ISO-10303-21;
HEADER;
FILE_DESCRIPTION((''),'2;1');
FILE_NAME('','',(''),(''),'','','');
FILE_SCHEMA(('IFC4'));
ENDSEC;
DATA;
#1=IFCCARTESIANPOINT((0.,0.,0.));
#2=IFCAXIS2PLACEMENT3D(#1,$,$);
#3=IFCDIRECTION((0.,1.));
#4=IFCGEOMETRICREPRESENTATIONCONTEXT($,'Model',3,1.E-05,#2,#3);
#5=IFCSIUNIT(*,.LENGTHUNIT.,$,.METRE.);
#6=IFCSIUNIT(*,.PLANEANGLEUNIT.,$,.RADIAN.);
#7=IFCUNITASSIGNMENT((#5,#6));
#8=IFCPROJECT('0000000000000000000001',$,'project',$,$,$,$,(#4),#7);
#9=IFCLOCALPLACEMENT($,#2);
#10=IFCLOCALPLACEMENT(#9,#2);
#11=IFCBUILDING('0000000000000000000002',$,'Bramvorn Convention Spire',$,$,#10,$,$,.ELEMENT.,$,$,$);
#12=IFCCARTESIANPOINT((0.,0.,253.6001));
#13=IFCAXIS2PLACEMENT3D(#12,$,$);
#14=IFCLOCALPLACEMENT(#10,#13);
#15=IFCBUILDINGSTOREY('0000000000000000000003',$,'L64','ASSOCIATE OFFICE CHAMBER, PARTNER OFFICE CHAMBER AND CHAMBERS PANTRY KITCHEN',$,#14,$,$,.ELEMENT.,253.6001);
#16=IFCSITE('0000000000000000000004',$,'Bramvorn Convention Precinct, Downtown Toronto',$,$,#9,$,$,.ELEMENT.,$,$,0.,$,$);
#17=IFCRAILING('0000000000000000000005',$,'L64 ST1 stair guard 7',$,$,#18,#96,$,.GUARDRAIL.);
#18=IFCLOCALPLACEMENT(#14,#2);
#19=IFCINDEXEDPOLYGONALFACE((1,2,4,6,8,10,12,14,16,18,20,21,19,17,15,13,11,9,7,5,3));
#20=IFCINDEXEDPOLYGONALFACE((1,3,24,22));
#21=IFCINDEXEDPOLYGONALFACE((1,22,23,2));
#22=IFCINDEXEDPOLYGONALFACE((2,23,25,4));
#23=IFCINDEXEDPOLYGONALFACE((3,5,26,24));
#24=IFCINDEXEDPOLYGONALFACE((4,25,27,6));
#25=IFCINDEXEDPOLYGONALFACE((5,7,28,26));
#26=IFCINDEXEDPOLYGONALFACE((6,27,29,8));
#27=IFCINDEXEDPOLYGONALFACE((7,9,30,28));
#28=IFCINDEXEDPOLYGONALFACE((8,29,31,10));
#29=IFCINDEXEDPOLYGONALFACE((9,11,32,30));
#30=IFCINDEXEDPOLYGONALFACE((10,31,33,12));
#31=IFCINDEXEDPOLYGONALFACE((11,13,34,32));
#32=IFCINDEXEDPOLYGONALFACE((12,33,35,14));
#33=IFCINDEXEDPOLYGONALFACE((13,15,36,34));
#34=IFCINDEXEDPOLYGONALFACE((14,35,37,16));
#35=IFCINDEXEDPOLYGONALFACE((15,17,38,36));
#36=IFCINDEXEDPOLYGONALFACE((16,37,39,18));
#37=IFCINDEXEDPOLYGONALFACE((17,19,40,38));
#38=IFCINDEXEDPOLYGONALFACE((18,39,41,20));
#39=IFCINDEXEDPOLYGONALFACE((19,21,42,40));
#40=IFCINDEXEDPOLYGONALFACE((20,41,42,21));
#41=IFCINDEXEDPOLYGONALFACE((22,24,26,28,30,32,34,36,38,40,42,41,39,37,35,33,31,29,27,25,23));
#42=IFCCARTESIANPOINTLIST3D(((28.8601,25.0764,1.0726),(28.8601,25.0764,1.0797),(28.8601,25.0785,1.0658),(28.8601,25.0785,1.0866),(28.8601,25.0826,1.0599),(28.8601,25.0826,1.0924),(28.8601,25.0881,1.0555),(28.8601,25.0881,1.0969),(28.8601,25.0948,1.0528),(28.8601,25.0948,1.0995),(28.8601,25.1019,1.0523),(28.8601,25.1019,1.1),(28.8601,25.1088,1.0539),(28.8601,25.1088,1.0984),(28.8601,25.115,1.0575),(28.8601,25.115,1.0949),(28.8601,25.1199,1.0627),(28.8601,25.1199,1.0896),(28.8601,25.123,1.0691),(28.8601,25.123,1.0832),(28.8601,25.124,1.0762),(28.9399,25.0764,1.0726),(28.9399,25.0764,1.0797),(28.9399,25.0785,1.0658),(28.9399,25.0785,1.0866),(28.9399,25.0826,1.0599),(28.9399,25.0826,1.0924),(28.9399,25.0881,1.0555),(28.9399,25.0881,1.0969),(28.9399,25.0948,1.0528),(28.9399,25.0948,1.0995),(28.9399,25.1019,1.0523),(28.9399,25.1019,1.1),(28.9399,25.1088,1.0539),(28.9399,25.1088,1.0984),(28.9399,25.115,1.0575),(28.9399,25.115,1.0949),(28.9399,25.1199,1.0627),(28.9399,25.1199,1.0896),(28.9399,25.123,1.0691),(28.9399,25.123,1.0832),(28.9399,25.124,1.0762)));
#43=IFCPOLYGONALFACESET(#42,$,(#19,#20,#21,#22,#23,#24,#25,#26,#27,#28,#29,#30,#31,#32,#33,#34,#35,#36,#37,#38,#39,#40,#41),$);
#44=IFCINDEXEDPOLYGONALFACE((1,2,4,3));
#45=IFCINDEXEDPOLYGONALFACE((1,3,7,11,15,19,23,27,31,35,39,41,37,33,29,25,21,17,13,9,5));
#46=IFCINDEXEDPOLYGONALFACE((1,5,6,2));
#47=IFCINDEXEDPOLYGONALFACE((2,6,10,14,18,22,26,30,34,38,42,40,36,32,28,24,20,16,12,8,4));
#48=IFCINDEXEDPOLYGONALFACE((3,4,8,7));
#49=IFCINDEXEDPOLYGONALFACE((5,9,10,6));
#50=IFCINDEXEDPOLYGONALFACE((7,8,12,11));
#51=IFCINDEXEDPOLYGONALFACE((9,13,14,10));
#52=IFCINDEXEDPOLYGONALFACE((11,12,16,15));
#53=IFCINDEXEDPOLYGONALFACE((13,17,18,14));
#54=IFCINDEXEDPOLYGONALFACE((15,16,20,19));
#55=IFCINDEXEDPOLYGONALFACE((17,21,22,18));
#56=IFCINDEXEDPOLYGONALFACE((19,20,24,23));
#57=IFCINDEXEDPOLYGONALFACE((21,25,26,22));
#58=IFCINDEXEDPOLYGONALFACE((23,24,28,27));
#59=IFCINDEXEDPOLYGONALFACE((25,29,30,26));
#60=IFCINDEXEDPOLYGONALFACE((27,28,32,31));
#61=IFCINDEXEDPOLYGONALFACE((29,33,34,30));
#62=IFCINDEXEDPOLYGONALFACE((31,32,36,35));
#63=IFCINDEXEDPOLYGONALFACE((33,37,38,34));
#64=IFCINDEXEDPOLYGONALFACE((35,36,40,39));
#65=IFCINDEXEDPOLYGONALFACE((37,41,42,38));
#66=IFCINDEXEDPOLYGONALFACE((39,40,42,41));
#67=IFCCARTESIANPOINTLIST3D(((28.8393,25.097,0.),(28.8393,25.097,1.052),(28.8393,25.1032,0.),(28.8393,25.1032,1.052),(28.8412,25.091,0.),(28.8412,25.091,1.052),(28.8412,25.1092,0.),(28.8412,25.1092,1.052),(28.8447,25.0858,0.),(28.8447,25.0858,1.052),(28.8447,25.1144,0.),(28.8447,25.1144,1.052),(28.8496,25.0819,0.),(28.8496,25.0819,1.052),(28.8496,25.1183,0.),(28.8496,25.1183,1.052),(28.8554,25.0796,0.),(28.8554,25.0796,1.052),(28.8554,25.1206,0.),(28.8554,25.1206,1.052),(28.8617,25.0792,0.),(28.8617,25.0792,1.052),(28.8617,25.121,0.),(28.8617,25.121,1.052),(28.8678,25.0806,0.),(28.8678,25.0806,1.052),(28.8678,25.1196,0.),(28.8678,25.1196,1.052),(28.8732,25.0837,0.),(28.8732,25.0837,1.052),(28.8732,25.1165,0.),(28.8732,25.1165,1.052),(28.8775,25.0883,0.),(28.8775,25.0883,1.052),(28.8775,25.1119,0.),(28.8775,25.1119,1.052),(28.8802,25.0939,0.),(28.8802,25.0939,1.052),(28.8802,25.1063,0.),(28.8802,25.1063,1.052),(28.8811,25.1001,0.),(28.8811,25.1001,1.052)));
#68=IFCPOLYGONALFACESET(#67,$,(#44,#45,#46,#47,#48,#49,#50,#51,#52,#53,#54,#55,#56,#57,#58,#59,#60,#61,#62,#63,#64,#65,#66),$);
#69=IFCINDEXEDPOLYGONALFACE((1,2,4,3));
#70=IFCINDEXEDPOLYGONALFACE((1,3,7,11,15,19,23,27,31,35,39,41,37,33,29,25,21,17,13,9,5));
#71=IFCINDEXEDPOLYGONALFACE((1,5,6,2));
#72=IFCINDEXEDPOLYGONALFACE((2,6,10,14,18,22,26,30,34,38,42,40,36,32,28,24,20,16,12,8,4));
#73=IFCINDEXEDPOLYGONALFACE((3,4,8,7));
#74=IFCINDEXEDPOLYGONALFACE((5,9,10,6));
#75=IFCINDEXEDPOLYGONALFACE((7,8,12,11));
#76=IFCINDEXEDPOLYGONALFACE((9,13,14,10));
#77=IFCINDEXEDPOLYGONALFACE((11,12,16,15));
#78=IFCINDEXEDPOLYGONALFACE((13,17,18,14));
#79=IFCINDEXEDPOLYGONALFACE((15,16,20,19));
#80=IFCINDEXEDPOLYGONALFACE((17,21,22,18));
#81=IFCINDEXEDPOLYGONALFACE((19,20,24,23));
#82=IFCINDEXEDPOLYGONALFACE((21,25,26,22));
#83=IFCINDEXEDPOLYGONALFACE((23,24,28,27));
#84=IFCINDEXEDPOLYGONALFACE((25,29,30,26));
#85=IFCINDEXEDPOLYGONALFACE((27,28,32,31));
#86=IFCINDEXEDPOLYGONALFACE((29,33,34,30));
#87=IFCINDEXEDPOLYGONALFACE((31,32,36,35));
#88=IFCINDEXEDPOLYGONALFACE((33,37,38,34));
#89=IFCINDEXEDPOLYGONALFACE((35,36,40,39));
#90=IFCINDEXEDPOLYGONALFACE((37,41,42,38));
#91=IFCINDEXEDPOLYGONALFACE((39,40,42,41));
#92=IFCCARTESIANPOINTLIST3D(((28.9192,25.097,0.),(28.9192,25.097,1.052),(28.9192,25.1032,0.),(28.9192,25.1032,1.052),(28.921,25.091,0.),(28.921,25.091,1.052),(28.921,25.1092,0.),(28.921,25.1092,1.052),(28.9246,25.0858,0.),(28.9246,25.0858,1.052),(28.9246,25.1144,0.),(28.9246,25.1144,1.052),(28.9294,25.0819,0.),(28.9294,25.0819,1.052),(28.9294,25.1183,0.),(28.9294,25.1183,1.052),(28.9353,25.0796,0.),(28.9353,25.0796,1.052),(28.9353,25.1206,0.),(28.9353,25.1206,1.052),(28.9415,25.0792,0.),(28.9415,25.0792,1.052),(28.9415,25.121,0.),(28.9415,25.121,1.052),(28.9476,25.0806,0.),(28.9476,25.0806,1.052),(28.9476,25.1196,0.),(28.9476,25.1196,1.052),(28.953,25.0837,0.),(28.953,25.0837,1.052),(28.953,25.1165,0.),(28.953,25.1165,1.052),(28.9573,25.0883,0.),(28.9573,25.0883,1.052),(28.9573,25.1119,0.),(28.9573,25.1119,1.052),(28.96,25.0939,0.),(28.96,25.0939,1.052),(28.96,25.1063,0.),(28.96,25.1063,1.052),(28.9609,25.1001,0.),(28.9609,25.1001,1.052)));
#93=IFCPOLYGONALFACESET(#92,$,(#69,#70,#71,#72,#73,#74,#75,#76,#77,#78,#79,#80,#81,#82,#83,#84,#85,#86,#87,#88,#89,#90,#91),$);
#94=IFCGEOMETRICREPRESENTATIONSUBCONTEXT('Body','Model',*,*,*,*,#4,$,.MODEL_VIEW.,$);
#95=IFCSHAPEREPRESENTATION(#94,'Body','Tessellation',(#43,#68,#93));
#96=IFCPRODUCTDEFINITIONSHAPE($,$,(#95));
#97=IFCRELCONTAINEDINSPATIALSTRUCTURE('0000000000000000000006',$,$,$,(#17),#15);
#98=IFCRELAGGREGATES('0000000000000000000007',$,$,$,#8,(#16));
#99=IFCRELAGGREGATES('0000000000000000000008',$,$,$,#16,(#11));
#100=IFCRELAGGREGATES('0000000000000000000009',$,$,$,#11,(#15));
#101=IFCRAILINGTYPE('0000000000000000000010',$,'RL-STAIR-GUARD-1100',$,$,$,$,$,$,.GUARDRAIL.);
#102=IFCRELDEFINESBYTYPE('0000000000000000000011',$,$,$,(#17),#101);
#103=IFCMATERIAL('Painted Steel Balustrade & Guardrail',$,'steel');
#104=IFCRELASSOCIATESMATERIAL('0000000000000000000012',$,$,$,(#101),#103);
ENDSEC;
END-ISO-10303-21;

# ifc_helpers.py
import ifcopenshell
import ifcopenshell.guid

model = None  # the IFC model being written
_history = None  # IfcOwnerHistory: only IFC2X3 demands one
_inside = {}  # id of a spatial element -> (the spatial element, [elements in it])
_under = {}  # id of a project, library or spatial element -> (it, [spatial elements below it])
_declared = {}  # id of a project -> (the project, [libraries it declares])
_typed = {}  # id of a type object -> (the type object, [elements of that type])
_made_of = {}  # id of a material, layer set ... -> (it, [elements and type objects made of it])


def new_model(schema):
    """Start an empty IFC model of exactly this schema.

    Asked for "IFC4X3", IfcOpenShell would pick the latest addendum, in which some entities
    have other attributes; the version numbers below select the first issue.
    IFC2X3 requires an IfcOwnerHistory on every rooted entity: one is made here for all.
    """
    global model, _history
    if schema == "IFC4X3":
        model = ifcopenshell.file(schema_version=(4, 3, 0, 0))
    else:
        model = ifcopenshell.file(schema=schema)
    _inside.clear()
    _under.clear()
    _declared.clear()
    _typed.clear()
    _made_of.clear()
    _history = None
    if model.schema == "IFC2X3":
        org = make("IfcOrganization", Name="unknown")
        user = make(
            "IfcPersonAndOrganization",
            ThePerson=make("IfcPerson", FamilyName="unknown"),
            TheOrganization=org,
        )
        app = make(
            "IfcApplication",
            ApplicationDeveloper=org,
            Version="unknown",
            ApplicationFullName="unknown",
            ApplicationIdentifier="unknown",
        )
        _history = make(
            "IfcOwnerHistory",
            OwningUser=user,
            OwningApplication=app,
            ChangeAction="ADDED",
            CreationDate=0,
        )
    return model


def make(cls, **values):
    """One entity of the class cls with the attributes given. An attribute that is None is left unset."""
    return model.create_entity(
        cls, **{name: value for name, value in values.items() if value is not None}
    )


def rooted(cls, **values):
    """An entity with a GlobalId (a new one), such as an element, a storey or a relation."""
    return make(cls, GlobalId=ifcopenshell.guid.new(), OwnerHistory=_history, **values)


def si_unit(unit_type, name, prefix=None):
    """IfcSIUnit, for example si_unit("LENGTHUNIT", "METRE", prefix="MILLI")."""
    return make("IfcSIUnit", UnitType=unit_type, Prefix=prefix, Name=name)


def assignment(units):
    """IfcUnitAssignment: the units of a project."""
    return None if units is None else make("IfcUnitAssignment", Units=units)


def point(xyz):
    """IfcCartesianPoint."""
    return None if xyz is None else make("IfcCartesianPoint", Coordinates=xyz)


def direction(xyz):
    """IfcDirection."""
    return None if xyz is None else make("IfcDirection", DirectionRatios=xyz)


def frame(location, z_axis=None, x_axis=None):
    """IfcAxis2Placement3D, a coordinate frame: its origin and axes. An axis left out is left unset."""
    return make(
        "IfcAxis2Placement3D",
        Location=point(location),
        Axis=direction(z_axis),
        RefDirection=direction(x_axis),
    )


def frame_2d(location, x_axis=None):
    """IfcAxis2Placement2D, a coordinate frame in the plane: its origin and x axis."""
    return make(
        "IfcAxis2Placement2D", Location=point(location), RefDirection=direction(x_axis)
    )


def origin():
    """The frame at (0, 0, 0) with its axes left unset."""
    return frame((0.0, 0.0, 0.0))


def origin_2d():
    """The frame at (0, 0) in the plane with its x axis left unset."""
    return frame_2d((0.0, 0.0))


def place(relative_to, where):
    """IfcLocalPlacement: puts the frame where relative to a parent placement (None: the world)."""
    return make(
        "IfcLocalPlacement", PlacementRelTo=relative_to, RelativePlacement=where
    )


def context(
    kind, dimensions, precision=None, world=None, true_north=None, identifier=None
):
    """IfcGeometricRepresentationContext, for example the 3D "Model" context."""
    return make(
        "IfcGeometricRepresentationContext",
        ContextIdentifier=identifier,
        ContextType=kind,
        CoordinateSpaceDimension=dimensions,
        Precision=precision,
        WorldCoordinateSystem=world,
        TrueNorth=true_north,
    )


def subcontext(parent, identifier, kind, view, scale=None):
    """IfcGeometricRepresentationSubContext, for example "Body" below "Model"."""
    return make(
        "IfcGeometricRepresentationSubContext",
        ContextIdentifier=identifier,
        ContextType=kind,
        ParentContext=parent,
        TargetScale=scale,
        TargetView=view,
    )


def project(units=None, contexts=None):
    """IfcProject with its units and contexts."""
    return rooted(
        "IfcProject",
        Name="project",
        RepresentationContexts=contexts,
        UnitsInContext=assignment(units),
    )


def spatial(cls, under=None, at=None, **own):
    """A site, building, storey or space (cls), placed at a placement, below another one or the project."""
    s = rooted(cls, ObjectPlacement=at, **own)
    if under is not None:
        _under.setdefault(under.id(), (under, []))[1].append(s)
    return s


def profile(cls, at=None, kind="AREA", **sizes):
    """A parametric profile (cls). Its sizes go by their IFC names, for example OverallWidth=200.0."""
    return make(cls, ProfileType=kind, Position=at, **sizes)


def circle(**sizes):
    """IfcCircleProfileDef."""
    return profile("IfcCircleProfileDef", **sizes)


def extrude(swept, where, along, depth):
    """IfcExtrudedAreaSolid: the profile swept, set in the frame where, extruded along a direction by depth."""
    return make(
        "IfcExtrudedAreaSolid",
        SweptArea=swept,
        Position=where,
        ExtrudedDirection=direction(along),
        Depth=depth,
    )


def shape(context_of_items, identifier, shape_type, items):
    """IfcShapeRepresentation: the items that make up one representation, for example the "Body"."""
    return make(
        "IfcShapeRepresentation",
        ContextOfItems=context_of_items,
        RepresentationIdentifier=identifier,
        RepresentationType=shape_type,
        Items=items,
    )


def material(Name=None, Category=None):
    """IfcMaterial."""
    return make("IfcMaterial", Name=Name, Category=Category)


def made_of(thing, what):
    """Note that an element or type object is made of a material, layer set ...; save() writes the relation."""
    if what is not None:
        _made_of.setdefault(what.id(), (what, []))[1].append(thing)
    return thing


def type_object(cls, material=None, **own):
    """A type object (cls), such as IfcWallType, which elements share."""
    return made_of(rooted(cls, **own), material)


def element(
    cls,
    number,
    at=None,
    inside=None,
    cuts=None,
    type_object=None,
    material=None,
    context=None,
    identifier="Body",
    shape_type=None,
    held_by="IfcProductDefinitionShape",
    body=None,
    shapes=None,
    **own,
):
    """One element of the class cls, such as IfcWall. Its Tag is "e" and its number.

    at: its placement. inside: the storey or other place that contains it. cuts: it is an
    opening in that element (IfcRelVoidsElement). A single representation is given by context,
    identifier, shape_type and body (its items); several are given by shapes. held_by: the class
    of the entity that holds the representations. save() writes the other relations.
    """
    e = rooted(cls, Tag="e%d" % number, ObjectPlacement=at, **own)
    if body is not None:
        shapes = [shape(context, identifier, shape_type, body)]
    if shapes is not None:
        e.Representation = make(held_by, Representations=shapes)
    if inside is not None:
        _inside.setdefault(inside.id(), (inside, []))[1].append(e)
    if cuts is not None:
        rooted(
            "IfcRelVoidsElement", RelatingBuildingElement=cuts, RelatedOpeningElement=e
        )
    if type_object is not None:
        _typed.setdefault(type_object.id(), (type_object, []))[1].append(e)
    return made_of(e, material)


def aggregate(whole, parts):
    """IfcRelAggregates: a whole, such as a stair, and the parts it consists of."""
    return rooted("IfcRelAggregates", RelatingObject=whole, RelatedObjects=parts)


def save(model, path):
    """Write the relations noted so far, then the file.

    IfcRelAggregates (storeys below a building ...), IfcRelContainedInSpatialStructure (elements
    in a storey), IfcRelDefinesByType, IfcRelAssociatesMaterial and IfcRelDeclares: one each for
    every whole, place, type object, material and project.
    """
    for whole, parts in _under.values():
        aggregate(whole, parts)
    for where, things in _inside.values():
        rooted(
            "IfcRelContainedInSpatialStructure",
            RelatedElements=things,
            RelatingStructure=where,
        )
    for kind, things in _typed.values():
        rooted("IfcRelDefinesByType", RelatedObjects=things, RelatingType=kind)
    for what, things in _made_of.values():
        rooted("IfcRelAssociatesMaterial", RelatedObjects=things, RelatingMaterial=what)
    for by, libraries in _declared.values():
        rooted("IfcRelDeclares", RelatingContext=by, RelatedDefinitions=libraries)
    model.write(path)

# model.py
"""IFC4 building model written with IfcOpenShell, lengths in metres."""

from ifc_helpers import new_model, si_unit, direction, frame, origin, origin_2d, place, context, subcontext, project, spatial, circle, extrude, material, type_object, element, save


model = new_model("IFC4")

# Units and contexts
model_context = context("Model", 3, precision=1e-05, world=origin(), true_north=direction((0.0, 1.0)))
body_context = subcontext(model_context, "Body", "Model", "MODEL_VIEW")
ifc_project = project(units=[si_unit("LENGTHUNIT", "METRE"), si_unit("PLANEANGLEUNIT", "RADIAN")], contexts=[model_context])

# Site, building, storey
site_placement = place(None, origin())
site = spatial("IfcSite", under=ifc_project, at=site_placement, Name="Bramvorn Convention Precinct, Downtown Toronto", CompositionType="ELEMENT", RefElevation=0.0)
building_placement = place(site_placement, origin())
building = spatial("IfcBuilding", under=site, at=building_placement, Name="Bramvorn Convention Spire", CompositionType="ELEMENT")
storey_placement = place(building_placement, frame((0.0, 0.0, 253.6001)))
storey = spatial("IfcBuildingStorey", under=building, at=storey_placement, Name="L64", Description="ASSOCIATE OFFICE CHAMBER, PARTNER OFFICE CHAMBER AND CHAMBERS PANTRY KITCHEN", CompositionType="ELEMENT", Elevation=253.6001)

# Railing
ifc_material_1 = material(Name="Painted Steel Balustrade & Guardrail", Category="steel")
railing_type_1 = type_object("IfcRailingType", Name="RL-STAIR-GUARD-1100", PredefinedType="GUARDRAIL", material=ifc_material_1)
railing_1_placement = place(storey_placement, frame((28.8601, 25.1001, 0.0)))
element("IfcRailing", 1, at=railing_1_placement, inside=storey, type_object=railing_type_1, Name="L64 ST1 stair guard 7", PredefinedType="GUARDRAIL", context=body_context, shape_type="SweptSolid", body=[
    extrude(circle(Radius=0.0239, at=origin_2d()), frame((0.0, 0.0, 1.0762), z_axis=(1.0, 0.0, 0.0), x_axis=(0.0, 1.0, 0.0)), (0.0, 0.0, 1.0), 0.0798),
    extrude(circle(Radius=0.021, at=origin_2d()), origin(), (0.0, 0.0, 1.0), 1.052),
    extrude(circle(Radius=0.021, at=origin_2d()), frame((0.0798, 0.0, 0.0)), (0.0, 0.0, 1.0), 1.052),
])

save(model, "model.ifc")
